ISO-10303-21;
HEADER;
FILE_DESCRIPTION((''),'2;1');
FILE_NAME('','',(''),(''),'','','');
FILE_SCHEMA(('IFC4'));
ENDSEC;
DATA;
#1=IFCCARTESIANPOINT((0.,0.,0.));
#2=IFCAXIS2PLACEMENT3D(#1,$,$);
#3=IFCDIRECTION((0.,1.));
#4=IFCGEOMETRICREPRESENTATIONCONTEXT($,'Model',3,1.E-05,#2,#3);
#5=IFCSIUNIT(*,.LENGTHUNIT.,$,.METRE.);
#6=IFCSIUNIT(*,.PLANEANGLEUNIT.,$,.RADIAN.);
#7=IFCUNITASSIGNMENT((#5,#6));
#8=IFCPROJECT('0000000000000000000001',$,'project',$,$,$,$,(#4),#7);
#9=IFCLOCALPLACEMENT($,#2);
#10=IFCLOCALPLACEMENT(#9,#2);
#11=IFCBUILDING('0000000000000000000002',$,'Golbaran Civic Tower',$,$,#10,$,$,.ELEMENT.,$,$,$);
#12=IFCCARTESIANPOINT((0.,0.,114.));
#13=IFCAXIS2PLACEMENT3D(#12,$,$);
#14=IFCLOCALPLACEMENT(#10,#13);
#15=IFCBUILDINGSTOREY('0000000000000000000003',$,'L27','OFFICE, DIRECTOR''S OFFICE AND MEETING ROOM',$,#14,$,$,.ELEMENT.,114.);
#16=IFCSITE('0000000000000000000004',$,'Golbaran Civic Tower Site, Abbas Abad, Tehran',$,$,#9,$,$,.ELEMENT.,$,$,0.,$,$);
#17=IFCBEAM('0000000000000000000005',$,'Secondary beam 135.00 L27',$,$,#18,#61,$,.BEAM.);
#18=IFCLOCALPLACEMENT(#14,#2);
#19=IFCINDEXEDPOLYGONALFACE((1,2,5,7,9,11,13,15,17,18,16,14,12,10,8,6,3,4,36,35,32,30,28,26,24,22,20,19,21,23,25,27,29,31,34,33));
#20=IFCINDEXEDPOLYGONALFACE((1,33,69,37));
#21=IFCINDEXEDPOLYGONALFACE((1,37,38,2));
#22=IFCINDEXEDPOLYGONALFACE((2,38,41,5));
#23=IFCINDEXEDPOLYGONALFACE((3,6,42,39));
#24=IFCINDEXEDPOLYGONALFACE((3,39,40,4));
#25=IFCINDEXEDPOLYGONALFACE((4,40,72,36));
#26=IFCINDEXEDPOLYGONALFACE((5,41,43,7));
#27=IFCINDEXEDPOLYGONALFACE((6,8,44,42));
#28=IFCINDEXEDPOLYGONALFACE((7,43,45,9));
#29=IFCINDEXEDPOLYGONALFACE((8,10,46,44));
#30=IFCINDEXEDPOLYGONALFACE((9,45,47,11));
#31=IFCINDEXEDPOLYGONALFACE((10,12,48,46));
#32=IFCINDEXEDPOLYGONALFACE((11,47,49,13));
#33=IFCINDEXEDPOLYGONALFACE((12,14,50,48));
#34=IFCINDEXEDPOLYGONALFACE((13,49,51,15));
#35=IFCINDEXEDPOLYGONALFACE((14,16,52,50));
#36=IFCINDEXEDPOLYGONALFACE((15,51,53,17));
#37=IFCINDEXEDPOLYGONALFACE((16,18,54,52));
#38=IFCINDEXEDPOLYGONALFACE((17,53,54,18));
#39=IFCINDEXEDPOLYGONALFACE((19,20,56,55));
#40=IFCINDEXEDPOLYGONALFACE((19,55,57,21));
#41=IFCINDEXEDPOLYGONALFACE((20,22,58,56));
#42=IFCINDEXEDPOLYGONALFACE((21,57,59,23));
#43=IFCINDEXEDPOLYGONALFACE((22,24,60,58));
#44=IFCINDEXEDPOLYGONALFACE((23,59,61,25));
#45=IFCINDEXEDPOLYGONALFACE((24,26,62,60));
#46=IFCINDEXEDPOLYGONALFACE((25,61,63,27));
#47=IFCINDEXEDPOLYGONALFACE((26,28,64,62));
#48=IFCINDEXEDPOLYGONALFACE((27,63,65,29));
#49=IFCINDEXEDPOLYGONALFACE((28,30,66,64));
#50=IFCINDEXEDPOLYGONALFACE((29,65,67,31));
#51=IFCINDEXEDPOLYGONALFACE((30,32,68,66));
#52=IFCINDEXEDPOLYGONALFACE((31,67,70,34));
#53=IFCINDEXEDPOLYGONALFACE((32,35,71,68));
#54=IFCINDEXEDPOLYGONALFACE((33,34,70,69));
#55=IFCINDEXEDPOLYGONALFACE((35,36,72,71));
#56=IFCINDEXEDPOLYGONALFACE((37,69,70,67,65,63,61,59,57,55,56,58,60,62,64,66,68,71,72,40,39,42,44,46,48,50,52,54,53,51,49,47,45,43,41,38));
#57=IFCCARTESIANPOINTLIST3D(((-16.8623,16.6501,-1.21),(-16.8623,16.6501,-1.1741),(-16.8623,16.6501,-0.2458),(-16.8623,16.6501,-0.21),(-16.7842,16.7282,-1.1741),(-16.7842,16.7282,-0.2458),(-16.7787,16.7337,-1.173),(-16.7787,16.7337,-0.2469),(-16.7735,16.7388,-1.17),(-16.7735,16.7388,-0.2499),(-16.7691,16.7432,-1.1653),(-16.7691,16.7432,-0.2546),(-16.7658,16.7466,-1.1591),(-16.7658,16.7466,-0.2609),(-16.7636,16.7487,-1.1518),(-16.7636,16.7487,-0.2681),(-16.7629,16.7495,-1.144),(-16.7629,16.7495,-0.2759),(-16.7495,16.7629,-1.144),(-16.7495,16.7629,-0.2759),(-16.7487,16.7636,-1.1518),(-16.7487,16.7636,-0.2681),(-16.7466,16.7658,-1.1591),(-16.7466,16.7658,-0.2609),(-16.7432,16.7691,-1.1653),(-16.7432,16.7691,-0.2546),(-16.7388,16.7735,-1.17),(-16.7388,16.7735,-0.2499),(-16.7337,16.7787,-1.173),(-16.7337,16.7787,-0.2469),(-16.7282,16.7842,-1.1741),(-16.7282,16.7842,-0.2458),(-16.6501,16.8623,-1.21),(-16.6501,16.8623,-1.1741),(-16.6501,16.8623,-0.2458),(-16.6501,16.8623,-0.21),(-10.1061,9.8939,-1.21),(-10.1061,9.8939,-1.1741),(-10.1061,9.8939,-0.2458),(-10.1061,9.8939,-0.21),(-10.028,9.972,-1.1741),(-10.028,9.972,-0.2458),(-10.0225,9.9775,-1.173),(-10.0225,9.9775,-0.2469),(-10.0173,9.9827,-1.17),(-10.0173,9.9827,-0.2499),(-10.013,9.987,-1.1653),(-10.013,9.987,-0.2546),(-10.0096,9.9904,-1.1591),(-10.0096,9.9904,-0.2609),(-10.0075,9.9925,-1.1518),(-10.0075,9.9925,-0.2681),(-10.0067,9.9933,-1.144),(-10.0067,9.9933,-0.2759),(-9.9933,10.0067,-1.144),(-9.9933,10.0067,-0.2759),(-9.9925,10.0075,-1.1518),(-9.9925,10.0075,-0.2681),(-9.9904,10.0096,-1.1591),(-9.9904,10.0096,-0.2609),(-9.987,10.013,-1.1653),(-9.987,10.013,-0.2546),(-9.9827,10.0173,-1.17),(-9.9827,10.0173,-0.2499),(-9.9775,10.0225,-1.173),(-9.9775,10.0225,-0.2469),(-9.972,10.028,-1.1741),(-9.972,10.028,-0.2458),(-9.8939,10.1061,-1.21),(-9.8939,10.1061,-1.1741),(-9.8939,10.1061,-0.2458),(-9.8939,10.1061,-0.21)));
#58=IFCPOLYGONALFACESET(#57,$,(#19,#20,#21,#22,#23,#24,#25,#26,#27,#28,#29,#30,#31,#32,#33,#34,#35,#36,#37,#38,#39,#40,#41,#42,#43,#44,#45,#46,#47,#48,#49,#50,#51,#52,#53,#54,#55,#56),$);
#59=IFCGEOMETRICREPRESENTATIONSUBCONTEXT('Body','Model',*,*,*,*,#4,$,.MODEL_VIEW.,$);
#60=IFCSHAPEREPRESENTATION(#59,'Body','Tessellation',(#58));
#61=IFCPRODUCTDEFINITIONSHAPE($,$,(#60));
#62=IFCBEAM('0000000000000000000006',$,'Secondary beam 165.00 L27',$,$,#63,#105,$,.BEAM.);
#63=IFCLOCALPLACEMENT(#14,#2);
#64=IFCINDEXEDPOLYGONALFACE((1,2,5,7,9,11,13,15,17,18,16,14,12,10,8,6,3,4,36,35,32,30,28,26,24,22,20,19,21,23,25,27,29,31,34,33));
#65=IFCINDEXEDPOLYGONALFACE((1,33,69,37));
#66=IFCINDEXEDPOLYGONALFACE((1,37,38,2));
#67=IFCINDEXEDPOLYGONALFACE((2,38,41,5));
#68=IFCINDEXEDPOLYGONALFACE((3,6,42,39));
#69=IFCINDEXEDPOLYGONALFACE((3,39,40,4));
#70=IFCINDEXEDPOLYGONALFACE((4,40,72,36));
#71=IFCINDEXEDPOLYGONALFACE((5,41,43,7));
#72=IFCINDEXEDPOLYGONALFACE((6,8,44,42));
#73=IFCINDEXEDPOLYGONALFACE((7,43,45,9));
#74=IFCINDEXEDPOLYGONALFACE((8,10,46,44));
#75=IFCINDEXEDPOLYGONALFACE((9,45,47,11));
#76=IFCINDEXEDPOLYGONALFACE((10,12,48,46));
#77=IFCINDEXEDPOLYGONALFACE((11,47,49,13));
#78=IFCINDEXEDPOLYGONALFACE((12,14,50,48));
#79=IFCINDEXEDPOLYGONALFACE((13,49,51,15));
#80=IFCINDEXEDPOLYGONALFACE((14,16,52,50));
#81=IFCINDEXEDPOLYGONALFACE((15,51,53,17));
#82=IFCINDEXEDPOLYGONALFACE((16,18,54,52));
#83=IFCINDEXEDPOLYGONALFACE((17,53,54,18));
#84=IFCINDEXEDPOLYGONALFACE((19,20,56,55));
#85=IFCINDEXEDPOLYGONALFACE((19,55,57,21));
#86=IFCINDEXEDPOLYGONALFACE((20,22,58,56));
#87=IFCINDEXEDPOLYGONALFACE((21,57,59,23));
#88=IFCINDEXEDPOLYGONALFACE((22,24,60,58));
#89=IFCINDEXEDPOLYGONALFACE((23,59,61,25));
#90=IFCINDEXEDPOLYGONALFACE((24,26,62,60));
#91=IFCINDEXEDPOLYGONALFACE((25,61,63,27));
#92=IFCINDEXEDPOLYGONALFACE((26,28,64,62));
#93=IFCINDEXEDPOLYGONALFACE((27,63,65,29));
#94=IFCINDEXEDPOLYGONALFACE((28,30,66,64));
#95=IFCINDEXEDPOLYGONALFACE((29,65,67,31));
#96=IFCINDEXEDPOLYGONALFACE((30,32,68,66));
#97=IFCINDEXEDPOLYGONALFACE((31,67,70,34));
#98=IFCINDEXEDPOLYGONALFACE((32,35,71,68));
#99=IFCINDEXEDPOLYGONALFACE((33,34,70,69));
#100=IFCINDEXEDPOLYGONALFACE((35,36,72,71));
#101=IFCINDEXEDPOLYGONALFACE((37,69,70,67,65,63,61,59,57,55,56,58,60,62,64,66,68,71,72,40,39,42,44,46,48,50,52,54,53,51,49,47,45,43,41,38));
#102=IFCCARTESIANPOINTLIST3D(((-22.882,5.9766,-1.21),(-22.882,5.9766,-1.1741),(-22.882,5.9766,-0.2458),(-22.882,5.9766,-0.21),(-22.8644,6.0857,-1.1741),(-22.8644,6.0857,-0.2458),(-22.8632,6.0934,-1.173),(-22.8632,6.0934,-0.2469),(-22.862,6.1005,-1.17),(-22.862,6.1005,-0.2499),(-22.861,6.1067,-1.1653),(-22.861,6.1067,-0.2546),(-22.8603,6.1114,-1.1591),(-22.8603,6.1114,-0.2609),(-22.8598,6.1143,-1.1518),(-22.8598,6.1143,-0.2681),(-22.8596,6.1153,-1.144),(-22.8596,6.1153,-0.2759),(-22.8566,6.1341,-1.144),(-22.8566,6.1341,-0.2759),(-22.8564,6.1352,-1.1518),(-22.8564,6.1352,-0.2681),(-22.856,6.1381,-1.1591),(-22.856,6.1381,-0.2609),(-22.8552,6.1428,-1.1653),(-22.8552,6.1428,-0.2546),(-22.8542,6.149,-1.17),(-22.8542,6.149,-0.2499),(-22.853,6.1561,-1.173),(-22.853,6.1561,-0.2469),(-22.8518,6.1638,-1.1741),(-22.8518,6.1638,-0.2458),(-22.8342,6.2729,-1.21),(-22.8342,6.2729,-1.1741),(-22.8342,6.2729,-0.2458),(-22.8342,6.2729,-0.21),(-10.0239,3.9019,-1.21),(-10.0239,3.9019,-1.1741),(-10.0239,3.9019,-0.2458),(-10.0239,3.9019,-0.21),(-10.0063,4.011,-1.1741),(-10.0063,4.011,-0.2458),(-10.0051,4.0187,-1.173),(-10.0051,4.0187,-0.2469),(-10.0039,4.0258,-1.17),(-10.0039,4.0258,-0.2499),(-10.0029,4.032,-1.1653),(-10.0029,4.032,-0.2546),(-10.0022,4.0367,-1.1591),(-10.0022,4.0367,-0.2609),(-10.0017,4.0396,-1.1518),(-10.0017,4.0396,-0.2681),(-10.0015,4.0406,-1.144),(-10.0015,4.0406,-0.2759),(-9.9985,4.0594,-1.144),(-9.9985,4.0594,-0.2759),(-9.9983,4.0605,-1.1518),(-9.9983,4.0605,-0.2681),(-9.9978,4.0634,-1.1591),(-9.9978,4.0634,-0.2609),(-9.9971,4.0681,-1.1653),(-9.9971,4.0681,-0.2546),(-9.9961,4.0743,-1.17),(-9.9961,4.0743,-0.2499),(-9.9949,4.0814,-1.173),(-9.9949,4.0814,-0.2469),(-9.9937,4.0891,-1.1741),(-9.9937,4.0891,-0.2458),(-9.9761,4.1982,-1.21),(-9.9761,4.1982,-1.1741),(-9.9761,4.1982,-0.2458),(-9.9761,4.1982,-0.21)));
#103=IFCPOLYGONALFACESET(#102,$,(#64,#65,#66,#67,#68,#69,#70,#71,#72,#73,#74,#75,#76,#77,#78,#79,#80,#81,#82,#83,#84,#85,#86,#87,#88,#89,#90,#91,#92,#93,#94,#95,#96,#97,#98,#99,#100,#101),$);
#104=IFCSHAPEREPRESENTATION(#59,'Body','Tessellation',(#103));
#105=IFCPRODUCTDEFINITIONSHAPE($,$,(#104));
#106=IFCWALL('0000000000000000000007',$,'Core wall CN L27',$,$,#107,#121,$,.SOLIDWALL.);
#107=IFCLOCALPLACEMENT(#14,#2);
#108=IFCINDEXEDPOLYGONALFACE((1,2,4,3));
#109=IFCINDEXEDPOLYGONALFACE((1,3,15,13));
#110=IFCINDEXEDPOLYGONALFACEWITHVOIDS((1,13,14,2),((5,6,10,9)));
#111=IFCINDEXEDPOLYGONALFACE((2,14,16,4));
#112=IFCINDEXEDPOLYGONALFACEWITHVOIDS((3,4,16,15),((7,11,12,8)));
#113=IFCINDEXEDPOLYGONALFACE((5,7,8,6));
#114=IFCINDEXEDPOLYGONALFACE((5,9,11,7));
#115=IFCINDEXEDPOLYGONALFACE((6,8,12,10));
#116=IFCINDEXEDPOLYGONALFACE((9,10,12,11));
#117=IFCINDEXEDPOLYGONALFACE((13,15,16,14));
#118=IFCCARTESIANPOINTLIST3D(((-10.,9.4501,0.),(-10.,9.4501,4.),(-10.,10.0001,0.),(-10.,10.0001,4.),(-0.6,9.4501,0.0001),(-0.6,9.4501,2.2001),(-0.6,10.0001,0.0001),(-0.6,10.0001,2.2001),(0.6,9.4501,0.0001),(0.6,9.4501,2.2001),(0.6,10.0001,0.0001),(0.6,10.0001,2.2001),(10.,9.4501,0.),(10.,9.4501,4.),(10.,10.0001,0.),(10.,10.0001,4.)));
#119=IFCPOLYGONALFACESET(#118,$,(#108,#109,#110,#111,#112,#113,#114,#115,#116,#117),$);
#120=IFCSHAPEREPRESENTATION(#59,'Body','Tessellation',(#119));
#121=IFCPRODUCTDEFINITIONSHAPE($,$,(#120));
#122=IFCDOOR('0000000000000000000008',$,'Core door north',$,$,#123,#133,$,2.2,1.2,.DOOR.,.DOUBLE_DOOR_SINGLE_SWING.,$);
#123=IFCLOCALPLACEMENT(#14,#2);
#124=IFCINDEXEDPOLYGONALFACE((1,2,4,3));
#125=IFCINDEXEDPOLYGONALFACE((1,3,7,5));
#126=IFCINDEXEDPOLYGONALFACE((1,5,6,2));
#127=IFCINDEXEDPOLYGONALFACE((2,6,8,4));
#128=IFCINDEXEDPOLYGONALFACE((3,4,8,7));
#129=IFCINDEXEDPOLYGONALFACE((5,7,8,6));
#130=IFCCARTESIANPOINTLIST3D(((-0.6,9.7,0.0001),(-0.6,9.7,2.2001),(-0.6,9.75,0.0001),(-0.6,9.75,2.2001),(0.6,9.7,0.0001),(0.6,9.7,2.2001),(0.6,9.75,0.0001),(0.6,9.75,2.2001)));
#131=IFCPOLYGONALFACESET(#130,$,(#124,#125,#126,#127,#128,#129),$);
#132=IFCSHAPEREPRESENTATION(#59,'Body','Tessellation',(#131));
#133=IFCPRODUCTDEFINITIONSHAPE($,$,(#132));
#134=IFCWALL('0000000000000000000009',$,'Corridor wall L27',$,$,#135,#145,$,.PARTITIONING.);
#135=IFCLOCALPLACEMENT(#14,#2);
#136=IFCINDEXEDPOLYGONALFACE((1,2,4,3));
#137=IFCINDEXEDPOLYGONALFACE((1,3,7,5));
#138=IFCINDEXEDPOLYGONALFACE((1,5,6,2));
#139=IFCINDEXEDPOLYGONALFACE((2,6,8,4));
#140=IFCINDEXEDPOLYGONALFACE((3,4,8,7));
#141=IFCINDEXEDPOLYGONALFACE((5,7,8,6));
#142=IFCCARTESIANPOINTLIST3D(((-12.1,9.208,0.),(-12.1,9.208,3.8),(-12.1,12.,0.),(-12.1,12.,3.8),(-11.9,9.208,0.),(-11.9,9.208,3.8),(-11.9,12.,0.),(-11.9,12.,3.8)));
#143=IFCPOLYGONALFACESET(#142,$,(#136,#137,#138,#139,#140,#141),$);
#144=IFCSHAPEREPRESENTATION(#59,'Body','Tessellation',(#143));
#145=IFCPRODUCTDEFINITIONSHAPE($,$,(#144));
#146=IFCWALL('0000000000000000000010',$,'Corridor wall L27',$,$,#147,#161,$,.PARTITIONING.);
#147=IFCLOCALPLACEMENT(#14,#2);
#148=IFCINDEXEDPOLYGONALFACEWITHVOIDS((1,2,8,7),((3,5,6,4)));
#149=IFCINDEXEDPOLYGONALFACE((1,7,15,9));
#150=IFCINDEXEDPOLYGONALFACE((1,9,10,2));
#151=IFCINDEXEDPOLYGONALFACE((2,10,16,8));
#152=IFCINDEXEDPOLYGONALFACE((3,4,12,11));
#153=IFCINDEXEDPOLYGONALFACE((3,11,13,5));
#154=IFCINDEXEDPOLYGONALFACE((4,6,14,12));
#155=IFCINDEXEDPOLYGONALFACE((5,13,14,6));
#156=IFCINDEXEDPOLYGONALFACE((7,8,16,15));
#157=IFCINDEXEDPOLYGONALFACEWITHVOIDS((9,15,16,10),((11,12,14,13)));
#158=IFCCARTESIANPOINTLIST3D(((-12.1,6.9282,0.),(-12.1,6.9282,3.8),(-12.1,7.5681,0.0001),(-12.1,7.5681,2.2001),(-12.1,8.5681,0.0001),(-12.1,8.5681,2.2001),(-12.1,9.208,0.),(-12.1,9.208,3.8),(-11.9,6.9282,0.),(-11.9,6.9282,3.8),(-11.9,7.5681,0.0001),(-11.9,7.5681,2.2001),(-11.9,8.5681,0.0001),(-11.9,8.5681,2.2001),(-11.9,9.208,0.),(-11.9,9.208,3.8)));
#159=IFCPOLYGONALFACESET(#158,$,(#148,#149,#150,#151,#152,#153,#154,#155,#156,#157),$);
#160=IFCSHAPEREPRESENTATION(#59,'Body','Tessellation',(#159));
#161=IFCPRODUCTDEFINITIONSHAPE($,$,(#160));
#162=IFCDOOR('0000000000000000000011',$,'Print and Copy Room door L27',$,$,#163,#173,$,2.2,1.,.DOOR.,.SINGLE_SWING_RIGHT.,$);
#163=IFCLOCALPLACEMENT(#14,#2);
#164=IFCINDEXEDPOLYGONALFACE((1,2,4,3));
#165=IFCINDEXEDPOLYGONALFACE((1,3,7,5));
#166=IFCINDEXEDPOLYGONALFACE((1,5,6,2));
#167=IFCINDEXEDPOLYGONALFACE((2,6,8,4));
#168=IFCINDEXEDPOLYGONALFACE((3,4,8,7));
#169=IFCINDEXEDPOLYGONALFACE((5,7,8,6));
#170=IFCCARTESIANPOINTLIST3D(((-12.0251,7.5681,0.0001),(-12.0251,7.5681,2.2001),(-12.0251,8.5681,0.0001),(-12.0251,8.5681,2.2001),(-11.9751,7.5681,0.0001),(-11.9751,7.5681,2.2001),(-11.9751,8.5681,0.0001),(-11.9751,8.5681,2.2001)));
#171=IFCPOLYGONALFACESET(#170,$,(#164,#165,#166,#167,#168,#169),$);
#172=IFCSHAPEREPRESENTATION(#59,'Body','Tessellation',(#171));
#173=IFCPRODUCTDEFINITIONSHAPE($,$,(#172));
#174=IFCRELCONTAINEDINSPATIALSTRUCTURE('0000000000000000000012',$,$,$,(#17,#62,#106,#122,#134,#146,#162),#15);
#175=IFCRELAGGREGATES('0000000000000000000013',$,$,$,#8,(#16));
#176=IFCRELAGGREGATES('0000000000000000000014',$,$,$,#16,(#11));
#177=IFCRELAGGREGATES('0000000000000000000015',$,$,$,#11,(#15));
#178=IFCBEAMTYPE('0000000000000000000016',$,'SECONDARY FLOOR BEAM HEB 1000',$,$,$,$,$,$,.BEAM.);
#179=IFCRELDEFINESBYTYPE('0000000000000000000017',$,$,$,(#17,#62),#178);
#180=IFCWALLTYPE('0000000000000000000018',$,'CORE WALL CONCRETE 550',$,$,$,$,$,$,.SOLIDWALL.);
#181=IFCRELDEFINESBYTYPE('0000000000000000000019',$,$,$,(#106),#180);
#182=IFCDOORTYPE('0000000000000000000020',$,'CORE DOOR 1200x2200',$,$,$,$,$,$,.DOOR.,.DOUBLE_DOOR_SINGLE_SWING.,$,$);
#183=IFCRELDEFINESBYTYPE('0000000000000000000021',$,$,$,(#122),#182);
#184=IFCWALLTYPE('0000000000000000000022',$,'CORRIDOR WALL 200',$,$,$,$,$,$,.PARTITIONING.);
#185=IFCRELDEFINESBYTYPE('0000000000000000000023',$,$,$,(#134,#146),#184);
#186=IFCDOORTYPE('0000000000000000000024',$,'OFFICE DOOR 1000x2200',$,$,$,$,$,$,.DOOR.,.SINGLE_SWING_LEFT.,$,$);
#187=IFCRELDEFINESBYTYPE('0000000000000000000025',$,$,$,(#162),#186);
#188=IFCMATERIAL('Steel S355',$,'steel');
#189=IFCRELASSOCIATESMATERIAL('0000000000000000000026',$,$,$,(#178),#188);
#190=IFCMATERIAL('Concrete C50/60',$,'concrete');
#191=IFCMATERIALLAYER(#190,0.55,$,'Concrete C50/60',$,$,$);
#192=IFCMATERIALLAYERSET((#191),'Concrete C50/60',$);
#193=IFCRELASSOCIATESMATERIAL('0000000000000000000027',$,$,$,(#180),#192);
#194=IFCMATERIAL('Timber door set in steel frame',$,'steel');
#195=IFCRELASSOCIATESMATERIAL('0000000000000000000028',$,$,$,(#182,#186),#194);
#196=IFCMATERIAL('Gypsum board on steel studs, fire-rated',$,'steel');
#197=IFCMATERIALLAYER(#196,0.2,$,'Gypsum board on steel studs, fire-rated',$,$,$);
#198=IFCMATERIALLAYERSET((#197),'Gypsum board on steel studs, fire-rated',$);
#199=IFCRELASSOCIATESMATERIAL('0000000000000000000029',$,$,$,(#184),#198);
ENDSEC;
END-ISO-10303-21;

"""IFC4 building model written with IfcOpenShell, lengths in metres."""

from ifc_helpers import new_model, si_unit, direction, frame, frame_2d, origin, origin_2d, place, context, subcontext, project, spatial, rectangle, i_section, extrude, material, layer, layer_set, material_profile, profile_set, type_object, element, fill, save


model = new_model("IFC4")

# Units and contexts
model_context = context("Model", 3, precision=1e-05, world=origin(), true_north=direction((0.0, 1.0)))
body_context = subcontext(model_context, "Body", "Model", "MODEL_VIEW")
ifc_project = project(units=[si_unit("LENGTHUNIT", "METRE"), si_unit("PLANEANGLEUNIT", "RADIAN")], contexts=[model_context])

# Site, building, storey
site_placement = place(None, origin())
site = spatial("IfcSite", under=ifc_project, at=site_placement, Name="Golbaran Civic Tower Site, Abbas Abad, Tehran", CompositionType="ELEMENT", RefElevation=0.0)
building_placement = place(site_placement, origin())
building = spatial("IfcBuilding", under=site, at=building_placement, Name="Golbaran Civic Tower", CompositionType="ELEMENT")
storey_placement = place(building_placement, frame((0.0, 0.0, 114.0)))
storey = spatial("IfcBuildingStorey", under=building, at=storey_placement, Name="L27", Description="OFFICE, DIRECTOR'S OFFICE AND MEETING ROOM", CompositionType="ELEMENT", Elevation=114.0)

# Beams
ifc_material_1 = material(Name="Steel S355", Category="steel")
ifc_material_profile_1 = material_profile(ifc_material_1, i_section(OverallWidth=0.3, OverallDepth=1.0, WebThickness=0.019, FlangeThickness=0.0359, FilletRadius=0.03, at=origin_2d()), Name="HEB 1000")
ifc_profile_set_1 = profile_set([ifc_material_profile_1], Name="Steel S355")
beam_type_1 = type_object("IfcBeamType", Name="SECONDARY FLOOR BEAM HEB 1000", PredefinedType="BEAM", material=ifc_profile_set_1)
beam_1_placement = place(storey_placement, frame((-10.0, 10.0, -0.71), z_axis=(-0.707107, 0.707107, 0.0), x_axis=(-0.707107, -0.707107, 0.0)))
element("IfcBeam", 1, at=beam_1_placement, inside=storey, type_object=beam_type_1, Name="Secondary beam 135.00 L27", PredefinedType="BEAM", context=body_context, shape_type="SweptSolid", body=[
    extrude(i_section(OverallWidth=0.3, OverallDepth=1.0, WebThickness=0.019, FlangeThickness=0.0359, FilletRadius=0.03, at=origin_2d()), origin(), (0.0, 0.0, 1.0), 9.5547),
])
beam_2_placement = place(storey_placement, frame((-10.0, 4.05, -0.71), z_axis=(-0.987231, 0.159293, 0.0), x_axis=(-0.159293, -0.987231, 0.0)))
element("IfcBeam", 2, at=beam_2_placement, inside=storey, type_object=beam_type_1, Name="Secondary beam 165.00 L27", PredefinedType="BEAM", context=body_context, shape_type="SweptSolid", body=[
    extrude(i_section(OverallWidth=0.3, OverallDepth=1.0, WebThickness=0.019, FlangeThickness=0.0359, FilletRadius=0.03, at=origin_2d()), origin(), (0.0, 0.0, 1.0), 13.0244),
])

# Wall, opening, door
ifc_material_2 = material(Name="Concrete C50/60", Category="concrete")
ifc_layer_1 = layer(ifc_material_2, 0.55, Name="Concrete C50/60")
ifc_layer_set_1 = layer_set([ifc_layer_1], Name="Concrete C50/60")
wall_type_1 = type_object("IfcWallType", Name="CORE WALL CONCRETE 550", PredefinedType="SOLIDWALL", material=ifc_layer_set_1)
wall_1_placement = place(storey_placement, frame((-10.0, 9.7251, 0.0), z_axis=(0.0, 0.0, 1.0), x_axis=(1.0, 0.0, 0.0)))
wall_1 = element("IfcWall", 3, at=wall_1_placement, inside=storey, type_object=wall_type_1, Name="Core wall CN L27", PredefinedType="SOLIDWALL", context=body_context, shape_type="SweptSolid", body=[
    extrude(rectangle(XDim=20.0, YDim=0.55, at=frame_2d((10.0, 0.0))), origin(), (0.0, 0.0, 1.0), 4.0),
])
opening_1_placement = place(wall_1_placement, frame((9.3999, 0.0, 0.0)))
opening_1 = element("IfcOpeningElement", 4, at=opening_1_placement, cuts=wall_1, PredefinedType="OPENING", context=body_context, shape_type="SweptSolid", body=[
    extrude(rectangle(XDim=1.2, YDim=2.2, at=frame_2d((0.6001, 1.1001))), frame((0.0, 0.2849, 0.0), z_axis=(0.0, -1.0, 0.0), x_axis=(1.0, 0.0, 0.0)), (0.0, 0.0, 1.0), 0.5701),
])
ifc_material_3 = material(Name="Timber door set in steel frame", Category="steel")
door_type_1 = type_object("IfcDoorType", Name="CORE DOOR 1200x2200", OperationType="DOUBLE_DOOR_SINGLE_SWING", PredefinedType="DOOR", material=ifc_material_3)
door_1_placement = place(opening_1_placement, origin())
door_1 = element("IfcDoor", 5, at=door_1_placement, inside=storey, type_object=door_type_1, Name="Core door north", OperationType="DOUBLE_DOOR_SINGLE_SWING", OverallHeight=2.2, OverallWidth=1.2, PredefinedType="DOOR", context=body_context, shape_type="SweptSolid", body=[
    extrude(rectangle(XDim=1.2, YDim=2.2, at=frame_2d((0.6001, 1.1001))), frame((0.0, 0.0249, 0.0), z_axis=(0.0, -1.0, 0.0), x_axis=(1.0, 0.0, 0.0)), (0.0, 0.0, 1.0), 0.05),
])
fill(opening_1, door_1)

# Wall
ifc_material_4 = material(Name="Gypsum board on steel studs, fire-rated", Category="steel")
ifc_layer_2 = layer(ifc_material_4, 0.2, Name="Gypsum board on steel studs, fire-rated")
ifc_layer_set_2 = layer_set([ifc_layer_2], Name="Gypsum board on steel studs, fire-rated")
wall_type_2 = type_object("IfcWallType", Name="CORRIDOR WALL 200", PredefinedType="PARTITIONING", material=ifc_layer_set_2)
wall_2_placement = place(storey_placement, frame((-12.0, 12.0, 0.0), z_axis=(0.0, 0.0, 1.0), x_axis=(0.0, -1.0, 0.0)))
element("IfcWall", 6, at=wall_2_placement, inside=storey, type_object=wall_type_2, Name="Corridor wall L27", PredefinedType="PARTITIONING", context=body_context, shape_type="SweptSolid", body=[
    extrude(rectangle(XDim=2.792, YDim=0.2, at=frame_2d((1.396, 0.0))), origin(), (0.0, 0.0, 1.0), 3.8),
])

# Wall, opening, door
wall_3_placement = place(storey_placement, frame((-12.0, 9.208, 0.0), z_axis=(0.0, 0.0, 1.0), x_axis=(0.0, -1.0, 0.0)))
wall_3 = element("IfcWall", 7, at=wall_3_placement, inside=storey, type_object=wall_type_2, Name="Corridor wall L27", PredefinedType="PARTITIONING", context=body_context, shape_type="SweptSolid", body=[
    extrude(rectangle(XDim=2.2798, YDim=0.2, at=frame_2d((1.1399, 0.0))), origin(), (0.0, 0.0, 1.0), 3.8),
])
opening_2_placement = place(wall_3_placement, frame((0.6399, 0.0, 0.0)))
opening_2 = element("IfcOpeningElement", 8, at=opening_2_placement, cuts=wall_3, PredefinedType="OPENING", context=body_context, shape_type="SweptSolid", body=[
    extrude(rectangle(XDim=1.0, YDim=2.2, at=frame_2d((0.5, 1.1001))), frame((0.0, 0.1099, 0.0), z_axis=(0.0, -1.0, 0.0), x_axis=(1.0, 0.0, 0.0)), (0.0, 0.0, 1.0), 0.22),
])
door_type_2 = type_object("IfcDoorType", Name="OFFICE DOOR 1000x2200", OperationType="SINGLE_SWING_LEFT", PredefinedType="DOOR", material=ifc_material_3)
door_2_placement = place(opening_2_placement, origin())
door_2 = element("IfcDoor", 9, at=door_2_placement, inside=storey, type_object=door_type_2, Name="Print and Copy Room door L27", OperationType="SINGLE_SWING_RIGHT", OverallHeight=2.2, OverallWidth=1.0, PredefinedType="DOOR", context=body_context, shape_type="SweptSolid", body=[
    extrude(rectangle(XDim=1.0, YDim=2.2, at=frame_2d((0.5, 1.1001))), frame((0.0, 0.0249, 0.0), z_axis=(0.0, -1.0, 0.0), x_axis=(1.0, 0.0, 0.0)), (0.0, 0.0, 1.0), 0.05),
])
fill(opening_2, door_2)

save(model, "model.ifc")
